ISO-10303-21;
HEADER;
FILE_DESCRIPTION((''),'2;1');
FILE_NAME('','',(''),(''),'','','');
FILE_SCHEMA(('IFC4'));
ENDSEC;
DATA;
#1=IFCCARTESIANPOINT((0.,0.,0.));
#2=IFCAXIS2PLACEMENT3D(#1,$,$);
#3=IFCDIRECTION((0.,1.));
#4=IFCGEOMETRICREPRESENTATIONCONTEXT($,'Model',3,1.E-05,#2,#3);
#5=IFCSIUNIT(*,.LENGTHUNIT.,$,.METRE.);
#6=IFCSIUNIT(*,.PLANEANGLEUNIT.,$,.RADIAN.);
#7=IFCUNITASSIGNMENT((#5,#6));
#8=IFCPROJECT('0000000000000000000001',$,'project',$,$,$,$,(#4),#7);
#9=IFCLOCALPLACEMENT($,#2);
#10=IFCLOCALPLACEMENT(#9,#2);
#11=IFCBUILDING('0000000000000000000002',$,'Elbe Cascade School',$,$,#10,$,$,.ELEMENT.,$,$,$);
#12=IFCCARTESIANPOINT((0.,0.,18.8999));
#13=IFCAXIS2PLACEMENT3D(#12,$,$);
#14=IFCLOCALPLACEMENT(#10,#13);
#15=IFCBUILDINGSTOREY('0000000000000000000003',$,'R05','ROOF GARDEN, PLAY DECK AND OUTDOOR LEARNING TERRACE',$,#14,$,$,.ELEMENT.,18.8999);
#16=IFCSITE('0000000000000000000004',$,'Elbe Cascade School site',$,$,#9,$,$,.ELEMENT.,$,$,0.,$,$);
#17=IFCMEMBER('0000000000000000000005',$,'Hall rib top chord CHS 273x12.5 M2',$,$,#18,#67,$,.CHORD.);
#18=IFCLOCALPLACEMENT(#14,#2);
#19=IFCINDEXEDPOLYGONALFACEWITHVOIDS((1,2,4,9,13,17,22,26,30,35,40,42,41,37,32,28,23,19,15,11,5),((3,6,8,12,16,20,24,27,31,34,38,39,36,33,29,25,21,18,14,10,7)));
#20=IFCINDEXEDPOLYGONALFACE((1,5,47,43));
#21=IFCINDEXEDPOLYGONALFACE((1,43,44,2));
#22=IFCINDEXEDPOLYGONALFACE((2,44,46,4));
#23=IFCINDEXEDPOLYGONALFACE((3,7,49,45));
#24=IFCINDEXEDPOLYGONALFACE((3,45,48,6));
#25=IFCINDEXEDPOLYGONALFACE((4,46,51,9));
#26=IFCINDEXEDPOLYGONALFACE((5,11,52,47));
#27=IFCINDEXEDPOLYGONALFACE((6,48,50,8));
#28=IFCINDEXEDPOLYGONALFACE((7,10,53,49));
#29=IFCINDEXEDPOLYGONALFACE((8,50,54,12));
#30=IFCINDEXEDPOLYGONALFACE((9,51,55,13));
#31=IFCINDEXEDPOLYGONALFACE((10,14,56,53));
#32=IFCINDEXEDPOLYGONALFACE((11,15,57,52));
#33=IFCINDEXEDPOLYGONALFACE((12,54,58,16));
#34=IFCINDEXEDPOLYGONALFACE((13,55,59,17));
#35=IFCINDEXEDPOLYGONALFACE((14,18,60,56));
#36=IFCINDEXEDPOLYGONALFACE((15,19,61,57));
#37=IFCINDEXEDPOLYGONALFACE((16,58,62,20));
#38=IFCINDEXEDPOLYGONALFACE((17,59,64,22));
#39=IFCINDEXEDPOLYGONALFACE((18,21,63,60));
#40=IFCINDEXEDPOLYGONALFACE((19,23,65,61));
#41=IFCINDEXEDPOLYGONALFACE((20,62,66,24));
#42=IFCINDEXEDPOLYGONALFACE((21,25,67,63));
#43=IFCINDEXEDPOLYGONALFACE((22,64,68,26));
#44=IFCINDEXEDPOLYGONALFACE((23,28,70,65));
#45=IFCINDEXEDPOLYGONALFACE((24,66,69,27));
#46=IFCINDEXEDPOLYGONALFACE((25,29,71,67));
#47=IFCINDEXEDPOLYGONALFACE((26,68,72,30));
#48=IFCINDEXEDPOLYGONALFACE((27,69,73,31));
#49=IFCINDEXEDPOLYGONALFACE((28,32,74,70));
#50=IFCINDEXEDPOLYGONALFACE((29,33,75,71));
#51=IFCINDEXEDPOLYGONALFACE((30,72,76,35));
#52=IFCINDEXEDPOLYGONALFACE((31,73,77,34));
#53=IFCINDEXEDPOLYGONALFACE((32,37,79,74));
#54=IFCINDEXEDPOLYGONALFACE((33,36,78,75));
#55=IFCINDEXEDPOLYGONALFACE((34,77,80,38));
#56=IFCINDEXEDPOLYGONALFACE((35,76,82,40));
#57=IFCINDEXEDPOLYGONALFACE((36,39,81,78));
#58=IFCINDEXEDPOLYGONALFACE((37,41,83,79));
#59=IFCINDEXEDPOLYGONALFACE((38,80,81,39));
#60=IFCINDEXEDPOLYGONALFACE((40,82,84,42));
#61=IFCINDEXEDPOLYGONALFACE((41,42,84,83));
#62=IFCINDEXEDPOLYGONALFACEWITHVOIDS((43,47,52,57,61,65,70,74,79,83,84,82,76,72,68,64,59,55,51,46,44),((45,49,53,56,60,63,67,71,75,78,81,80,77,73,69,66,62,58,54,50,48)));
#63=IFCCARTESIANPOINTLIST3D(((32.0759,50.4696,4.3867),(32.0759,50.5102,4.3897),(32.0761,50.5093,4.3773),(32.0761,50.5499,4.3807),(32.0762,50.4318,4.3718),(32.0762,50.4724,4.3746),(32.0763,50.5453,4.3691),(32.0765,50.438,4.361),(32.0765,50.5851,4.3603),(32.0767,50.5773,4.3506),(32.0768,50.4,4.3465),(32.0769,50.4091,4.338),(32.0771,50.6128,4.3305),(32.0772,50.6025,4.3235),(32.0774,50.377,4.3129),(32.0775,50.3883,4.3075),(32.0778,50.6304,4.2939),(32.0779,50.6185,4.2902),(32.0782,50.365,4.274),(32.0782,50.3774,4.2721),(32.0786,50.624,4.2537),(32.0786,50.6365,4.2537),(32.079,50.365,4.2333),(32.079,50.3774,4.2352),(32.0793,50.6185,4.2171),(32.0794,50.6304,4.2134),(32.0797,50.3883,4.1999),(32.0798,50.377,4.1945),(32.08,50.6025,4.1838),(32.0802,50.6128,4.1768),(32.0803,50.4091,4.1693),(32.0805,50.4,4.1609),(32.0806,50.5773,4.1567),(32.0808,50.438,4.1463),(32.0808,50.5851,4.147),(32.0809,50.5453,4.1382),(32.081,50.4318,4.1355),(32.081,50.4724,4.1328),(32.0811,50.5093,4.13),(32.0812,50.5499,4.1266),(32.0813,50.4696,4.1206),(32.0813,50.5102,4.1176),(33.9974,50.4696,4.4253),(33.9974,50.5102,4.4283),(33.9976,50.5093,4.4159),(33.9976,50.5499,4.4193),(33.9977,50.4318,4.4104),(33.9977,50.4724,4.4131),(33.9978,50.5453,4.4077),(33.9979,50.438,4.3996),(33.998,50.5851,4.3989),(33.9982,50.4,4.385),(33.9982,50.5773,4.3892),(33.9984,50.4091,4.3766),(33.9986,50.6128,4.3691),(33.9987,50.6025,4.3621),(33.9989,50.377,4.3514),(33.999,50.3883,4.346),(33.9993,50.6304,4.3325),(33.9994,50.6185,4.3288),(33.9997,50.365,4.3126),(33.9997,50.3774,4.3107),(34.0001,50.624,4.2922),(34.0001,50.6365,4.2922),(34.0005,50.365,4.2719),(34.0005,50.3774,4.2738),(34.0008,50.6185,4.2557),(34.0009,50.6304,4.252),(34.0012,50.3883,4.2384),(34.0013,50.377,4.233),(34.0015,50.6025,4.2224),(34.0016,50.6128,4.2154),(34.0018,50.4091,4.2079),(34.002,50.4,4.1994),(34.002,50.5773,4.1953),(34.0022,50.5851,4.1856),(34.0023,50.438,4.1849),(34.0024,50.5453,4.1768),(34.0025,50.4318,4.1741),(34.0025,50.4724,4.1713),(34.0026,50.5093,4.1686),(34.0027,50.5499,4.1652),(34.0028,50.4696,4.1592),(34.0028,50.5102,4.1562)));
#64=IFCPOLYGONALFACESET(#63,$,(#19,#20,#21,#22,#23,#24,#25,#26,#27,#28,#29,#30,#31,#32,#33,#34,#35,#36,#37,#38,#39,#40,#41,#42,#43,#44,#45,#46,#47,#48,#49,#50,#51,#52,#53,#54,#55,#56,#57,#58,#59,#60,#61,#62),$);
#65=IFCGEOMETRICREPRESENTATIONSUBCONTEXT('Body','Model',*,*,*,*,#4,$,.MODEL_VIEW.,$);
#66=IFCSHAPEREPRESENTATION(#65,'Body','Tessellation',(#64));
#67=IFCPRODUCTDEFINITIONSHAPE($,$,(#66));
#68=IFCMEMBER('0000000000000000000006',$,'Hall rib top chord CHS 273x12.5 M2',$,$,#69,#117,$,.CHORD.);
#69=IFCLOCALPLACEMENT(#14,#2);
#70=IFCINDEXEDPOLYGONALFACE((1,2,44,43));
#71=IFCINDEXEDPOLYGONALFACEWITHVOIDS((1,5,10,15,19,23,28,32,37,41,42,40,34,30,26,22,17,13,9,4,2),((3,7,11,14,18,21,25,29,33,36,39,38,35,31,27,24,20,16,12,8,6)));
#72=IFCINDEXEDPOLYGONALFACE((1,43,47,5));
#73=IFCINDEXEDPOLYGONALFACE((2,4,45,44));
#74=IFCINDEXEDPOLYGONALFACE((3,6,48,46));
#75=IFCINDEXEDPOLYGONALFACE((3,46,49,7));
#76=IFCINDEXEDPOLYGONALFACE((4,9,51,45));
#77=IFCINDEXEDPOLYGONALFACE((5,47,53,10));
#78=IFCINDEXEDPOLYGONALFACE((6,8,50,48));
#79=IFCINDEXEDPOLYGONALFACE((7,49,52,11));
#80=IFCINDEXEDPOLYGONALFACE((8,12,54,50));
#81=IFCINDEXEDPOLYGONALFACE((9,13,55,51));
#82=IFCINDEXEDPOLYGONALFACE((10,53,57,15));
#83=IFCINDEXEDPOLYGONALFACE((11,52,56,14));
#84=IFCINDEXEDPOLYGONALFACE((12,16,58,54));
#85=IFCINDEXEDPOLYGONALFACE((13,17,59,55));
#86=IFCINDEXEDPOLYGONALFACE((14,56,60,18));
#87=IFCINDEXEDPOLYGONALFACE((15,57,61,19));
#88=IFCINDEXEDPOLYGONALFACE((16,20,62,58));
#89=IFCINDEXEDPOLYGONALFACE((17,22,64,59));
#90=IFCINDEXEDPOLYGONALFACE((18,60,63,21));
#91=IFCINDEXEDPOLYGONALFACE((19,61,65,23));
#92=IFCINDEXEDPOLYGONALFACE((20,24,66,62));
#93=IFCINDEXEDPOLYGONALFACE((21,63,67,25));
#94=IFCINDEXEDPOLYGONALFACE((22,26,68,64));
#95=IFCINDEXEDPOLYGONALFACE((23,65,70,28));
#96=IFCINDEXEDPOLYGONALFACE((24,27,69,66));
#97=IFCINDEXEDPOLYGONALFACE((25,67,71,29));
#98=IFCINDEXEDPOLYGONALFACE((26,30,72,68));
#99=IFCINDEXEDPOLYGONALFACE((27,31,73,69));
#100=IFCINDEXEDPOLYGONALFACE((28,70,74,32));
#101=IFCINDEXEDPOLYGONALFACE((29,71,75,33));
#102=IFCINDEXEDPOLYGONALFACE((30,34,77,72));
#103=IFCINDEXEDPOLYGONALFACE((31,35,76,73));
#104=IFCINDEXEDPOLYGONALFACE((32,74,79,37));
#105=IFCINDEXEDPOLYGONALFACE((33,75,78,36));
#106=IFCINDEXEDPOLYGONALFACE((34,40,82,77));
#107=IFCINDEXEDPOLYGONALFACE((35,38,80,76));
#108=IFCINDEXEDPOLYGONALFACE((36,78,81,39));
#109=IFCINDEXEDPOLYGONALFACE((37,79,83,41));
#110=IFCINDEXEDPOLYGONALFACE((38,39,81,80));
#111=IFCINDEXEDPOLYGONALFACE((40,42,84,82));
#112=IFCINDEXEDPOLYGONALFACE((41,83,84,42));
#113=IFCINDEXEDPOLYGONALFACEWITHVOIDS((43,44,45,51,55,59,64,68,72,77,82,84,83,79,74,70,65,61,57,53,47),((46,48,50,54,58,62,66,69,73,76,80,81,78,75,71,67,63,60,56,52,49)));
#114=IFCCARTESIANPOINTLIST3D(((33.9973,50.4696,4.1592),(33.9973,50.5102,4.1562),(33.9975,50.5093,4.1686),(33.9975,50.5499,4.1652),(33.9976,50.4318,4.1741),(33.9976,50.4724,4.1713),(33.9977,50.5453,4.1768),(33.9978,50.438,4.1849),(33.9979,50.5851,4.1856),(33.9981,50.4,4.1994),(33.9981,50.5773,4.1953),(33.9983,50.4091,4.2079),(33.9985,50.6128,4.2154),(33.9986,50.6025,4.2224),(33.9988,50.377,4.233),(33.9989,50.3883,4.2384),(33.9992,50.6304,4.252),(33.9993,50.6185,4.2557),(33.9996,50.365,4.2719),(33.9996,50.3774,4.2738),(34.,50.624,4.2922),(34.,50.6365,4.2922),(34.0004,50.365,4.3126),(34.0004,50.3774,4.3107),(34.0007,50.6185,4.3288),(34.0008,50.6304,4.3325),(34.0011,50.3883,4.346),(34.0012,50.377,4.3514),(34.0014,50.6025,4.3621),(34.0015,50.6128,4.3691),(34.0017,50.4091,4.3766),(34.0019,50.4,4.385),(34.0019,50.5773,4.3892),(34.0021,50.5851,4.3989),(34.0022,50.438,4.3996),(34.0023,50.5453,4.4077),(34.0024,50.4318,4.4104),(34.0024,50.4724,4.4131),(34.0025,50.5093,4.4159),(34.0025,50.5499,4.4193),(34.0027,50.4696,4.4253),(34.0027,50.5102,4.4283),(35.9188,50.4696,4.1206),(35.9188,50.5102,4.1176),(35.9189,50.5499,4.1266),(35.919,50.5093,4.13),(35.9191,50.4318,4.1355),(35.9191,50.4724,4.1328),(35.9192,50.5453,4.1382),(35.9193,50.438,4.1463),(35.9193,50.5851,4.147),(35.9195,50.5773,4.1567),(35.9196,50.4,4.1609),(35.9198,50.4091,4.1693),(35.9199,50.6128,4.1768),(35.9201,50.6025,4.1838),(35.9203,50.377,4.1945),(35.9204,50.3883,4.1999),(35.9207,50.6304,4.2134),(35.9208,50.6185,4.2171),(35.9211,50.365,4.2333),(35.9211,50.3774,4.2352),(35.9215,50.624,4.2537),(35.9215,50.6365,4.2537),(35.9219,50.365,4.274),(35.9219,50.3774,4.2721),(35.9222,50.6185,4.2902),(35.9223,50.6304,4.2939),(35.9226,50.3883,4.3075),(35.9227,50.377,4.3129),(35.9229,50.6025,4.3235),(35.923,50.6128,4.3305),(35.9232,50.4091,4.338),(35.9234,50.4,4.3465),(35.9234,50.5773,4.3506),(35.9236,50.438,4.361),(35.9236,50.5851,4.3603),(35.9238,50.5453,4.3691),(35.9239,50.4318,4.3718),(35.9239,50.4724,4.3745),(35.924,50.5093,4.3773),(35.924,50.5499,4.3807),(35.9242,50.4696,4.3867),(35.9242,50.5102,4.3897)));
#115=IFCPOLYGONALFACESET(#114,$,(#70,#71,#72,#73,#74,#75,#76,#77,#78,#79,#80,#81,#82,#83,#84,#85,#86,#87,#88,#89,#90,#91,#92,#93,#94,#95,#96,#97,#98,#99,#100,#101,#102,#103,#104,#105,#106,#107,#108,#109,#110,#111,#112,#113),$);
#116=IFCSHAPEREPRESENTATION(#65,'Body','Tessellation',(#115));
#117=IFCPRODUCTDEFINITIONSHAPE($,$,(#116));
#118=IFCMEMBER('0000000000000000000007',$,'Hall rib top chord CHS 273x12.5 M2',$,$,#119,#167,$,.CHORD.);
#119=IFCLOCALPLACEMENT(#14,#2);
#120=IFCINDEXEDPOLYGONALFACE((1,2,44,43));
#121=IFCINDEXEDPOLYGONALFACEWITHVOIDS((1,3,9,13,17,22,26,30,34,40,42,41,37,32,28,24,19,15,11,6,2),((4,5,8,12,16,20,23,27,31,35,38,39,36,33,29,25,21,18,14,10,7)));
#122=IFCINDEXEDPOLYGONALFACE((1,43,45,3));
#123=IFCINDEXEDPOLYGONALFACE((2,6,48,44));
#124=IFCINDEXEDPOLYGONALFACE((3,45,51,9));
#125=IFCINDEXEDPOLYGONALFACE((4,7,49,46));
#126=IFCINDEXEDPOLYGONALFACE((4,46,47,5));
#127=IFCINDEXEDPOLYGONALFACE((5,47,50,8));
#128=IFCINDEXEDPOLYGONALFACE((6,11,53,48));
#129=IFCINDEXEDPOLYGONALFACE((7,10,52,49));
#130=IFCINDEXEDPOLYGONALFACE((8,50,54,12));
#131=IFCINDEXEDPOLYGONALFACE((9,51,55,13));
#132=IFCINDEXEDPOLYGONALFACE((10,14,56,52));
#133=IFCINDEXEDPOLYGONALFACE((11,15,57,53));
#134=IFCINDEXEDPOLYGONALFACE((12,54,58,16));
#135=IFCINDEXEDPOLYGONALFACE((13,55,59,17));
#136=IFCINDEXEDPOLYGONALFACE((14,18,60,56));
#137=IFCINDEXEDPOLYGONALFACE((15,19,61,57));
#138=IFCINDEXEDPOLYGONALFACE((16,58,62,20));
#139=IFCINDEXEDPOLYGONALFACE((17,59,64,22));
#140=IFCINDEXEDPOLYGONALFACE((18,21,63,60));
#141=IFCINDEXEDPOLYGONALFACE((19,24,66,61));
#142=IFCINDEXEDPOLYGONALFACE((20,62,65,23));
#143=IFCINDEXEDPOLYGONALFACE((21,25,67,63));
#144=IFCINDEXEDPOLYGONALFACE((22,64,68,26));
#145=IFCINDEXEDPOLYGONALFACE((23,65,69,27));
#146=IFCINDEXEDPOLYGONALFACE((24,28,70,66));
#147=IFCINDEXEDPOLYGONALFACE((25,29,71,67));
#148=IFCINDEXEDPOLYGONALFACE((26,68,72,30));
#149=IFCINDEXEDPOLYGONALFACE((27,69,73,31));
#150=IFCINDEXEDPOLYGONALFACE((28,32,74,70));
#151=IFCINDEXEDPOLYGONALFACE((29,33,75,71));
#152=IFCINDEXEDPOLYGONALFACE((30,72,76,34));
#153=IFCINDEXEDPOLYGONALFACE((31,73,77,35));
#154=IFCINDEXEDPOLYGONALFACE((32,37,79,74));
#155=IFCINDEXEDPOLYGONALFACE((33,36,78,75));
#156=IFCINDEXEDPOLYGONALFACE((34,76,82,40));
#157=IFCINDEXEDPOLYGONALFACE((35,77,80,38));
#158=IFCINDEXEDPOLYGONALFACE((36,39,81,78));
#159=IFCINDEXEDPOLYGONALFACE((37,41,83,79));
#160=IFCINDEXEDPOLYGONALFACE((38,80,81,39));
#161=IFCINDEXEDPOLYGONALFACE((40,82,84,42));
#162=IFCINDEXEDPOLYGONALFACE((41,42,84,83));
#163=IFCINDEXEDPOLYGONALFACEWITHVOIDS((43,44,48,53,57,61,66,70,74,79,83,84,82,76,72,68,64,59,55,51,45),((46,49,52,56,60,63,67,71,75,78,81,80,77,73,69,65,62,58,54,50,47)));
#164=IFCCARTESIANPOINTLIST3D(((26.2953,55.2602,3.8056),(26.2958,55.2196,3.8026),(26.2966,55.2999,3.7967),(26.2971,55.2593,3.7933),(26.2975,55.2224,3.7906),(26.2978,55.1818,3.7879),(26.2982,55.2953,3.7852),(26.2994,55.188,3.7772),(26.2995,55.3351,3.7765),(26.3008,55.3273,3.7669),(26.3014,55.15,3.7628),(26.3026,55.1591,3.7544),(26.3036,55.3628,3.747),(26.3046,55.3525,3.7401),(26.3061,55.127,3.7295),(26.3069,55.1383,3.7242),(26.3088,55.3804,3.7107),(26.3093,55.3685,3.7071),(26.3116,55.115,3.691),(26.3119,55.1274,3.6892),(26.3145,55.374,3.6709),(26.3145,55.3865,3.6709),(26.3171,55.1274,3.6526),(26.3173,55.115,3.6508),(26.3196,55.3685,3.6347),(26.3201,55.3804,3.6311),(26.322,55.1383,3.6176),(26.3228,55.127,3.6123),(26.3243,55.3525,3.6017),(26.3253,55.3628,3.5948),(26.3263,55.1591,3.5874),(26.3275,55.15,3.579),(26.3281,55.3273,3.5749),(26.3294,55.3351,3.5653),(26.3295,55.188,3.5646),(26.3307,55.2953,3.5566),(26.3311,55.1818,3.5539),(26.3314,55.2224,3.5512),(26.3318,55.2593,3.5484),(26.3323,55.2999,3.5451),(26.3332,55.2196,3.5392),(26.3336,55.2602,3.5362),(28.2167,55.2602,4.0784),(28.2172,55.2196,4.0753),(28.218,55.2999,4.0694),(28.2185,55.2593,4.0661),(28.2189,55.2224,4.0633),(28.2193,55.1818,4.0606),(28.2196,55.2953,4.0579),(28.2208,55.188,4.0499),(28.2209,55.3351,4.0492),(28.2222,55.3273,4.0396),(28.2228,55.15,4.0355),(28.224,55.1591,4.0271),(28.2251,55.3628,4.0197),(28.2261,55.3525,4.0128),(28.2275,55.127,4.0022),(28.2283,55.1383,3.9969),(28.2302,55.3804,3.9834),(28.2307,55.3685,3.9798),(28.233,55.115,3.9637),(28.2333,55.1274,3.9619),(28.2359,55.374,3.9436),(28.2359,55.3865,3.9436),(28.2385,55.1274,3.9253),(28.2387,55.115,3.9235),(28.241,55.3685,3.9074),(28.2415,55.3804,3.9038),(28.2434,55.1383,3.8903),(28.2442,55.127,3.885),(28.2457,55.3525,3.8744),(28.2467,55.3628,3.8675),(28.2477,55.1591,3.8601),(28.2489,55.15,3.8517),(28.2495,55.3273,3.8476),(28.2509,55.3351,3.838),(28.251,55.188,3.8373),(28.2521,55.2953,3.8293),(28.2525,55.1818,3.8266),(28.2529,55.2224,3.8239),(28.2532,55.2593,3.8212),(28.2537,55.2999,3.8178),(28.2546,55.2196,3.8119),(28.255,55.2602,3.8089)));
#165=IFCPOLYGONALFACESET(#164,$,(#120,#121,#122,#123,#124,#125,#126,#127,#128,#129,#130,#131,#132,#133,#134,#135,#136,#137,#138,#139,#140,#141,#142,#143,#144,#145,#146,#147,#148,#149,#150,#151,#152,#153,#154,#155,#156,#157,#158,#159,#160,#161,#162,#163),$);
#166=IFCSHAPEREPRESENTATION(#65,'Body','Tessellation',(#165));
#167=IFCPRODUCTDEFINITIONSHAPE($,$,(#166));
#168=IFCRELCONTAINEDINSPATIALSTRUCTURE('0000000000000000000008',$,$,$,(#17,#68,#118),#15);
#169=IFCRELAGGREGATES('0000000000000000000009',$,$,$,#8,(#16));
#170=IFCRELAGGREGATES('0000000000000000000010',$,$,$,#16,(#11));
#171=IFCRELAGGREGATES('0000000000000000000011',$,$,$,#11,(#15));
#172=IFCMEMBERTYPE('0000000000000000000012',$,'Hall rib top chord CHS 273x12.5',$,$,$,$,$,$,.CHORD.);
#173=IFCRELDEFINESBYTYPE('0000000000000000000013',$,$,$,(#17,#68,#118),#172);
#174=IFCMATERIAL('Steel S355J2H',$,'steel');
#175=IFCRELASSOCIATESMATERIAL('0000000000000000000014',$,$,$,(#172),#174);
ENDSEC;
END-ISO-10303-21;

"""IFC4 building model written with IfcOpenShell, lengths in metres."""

from ifc_helpers import new_model, si_unit, direction, frame, origin, origin_2d, place, context, subcontext, project, spatial, hollow_circle, extrude, material, material_profile, profile_set, type_object, element, save


model = new_model("IFC4")

# Units and contexts
model_context = context("Model", 3, precision=1e-05, world=origin(), true_north=direction((0.0, 1.0)))
body_context = subcontext(model_context, "Body", "Model", "MODEL_VIEW")
ifc_project = project(units=[si_unit("LENGTHUNIT", "METRE"), si_unit("PLANEANGLEUNIT", "RADIAN")], contexts=[model_context])

# Site, building, storey
site_placement = place(None, origin())
site = spatial("IfcSite", under=ifc_project, at=site_placement, Name="Elbe Cascade School site", CompositionType="ELEMENT", RefElevation=0.0)
building_placement = place(site_placement, origin())
building = spatial("IfcBuilding", under=site, at=building_placement, Name="Elbe Cascade School", CompositionType="ELEMENT")
storey_placement = place(building_placement, frame((0.0, 0.0, 18.8999)))
storey = spatial("IfcBuildingStorey", under=building, at=storey_placement, Name="R05", Description="ROOF GARDEN, PLAY DECK AND OUTDOOR LEARNING TERRACE", CompositionType="ELEMENT", Elevation=18.8999)

# Members
ifc_material_1 = material(Name="Steel S355J2H", Category="steel")
ifc_material_profile_1 = material_profile(ifc_material_1, hollow_circle(Radius=0.1365, WallThickness=0.0125, at=origin_2d()), Name="CHS 273x12.5")
ifc_profile_set_1 = profile_set([ifc_material_profile_1], Name="Steel S355J2H")
member_type_1 = type_object("IfcMemberType", Name="Hall rib top chord CHS 273x12.5", PredefinedType="CHORD", material=ifc_profile_set_1)
for number, where, z_axis, x_axis, name in (
    (1, (32.0786, 50.5, 4.2537), (0.999799, 0.0, 0.020072), (0.0, 1.0, 0.0), "Hall rib top chord CHS 273x12.5 M2"),
    (2, (34.0, 50.5, 4.2922), (0.999799, 0.0, -0.020072), (0.0, 1.0, 0.0), "Hall rib top chord CHS 273x12.5 M2"),
):
    element("IfcMember", number, at=place(storey_placement, frame(where, z_axis=z_axis, x_axis=x_axis)), inside=storey, type_object=member_type_1, Name=name, PredefinedType="CHORD", context=body_context, shape_type="SweptSolid", body=[
        extrude(hollow_circle(Radius=0.1365, WallThickness=0.0125, at=origin_2d()), origin(), (0.0, 0.0, 1.0), 1.9219),
    ])
member_1_placement = place(storey_placement, frame((26.3145, 55.25, 3.6709), z_axis=(0.990077, 0.0, 0.140523), x_axis=(0.0, 1.0, 0.0)))
element("IfcMember", 3, at=member_1_placement, inside=storey, type_object=member_type_1, Name="Hall rib top chord CHS 273x12.5 M2", PredefinedType="CHORD", context=body_context, shape_type="SweptSolid", body=[
    extrude(hollow_circle(Radius=0.1365, WallThickness=0.0125, at=origin_2d()), origin(), (0.0, 0.0, 1.0), 1.9407),
])

save(model, "model.ifc")
